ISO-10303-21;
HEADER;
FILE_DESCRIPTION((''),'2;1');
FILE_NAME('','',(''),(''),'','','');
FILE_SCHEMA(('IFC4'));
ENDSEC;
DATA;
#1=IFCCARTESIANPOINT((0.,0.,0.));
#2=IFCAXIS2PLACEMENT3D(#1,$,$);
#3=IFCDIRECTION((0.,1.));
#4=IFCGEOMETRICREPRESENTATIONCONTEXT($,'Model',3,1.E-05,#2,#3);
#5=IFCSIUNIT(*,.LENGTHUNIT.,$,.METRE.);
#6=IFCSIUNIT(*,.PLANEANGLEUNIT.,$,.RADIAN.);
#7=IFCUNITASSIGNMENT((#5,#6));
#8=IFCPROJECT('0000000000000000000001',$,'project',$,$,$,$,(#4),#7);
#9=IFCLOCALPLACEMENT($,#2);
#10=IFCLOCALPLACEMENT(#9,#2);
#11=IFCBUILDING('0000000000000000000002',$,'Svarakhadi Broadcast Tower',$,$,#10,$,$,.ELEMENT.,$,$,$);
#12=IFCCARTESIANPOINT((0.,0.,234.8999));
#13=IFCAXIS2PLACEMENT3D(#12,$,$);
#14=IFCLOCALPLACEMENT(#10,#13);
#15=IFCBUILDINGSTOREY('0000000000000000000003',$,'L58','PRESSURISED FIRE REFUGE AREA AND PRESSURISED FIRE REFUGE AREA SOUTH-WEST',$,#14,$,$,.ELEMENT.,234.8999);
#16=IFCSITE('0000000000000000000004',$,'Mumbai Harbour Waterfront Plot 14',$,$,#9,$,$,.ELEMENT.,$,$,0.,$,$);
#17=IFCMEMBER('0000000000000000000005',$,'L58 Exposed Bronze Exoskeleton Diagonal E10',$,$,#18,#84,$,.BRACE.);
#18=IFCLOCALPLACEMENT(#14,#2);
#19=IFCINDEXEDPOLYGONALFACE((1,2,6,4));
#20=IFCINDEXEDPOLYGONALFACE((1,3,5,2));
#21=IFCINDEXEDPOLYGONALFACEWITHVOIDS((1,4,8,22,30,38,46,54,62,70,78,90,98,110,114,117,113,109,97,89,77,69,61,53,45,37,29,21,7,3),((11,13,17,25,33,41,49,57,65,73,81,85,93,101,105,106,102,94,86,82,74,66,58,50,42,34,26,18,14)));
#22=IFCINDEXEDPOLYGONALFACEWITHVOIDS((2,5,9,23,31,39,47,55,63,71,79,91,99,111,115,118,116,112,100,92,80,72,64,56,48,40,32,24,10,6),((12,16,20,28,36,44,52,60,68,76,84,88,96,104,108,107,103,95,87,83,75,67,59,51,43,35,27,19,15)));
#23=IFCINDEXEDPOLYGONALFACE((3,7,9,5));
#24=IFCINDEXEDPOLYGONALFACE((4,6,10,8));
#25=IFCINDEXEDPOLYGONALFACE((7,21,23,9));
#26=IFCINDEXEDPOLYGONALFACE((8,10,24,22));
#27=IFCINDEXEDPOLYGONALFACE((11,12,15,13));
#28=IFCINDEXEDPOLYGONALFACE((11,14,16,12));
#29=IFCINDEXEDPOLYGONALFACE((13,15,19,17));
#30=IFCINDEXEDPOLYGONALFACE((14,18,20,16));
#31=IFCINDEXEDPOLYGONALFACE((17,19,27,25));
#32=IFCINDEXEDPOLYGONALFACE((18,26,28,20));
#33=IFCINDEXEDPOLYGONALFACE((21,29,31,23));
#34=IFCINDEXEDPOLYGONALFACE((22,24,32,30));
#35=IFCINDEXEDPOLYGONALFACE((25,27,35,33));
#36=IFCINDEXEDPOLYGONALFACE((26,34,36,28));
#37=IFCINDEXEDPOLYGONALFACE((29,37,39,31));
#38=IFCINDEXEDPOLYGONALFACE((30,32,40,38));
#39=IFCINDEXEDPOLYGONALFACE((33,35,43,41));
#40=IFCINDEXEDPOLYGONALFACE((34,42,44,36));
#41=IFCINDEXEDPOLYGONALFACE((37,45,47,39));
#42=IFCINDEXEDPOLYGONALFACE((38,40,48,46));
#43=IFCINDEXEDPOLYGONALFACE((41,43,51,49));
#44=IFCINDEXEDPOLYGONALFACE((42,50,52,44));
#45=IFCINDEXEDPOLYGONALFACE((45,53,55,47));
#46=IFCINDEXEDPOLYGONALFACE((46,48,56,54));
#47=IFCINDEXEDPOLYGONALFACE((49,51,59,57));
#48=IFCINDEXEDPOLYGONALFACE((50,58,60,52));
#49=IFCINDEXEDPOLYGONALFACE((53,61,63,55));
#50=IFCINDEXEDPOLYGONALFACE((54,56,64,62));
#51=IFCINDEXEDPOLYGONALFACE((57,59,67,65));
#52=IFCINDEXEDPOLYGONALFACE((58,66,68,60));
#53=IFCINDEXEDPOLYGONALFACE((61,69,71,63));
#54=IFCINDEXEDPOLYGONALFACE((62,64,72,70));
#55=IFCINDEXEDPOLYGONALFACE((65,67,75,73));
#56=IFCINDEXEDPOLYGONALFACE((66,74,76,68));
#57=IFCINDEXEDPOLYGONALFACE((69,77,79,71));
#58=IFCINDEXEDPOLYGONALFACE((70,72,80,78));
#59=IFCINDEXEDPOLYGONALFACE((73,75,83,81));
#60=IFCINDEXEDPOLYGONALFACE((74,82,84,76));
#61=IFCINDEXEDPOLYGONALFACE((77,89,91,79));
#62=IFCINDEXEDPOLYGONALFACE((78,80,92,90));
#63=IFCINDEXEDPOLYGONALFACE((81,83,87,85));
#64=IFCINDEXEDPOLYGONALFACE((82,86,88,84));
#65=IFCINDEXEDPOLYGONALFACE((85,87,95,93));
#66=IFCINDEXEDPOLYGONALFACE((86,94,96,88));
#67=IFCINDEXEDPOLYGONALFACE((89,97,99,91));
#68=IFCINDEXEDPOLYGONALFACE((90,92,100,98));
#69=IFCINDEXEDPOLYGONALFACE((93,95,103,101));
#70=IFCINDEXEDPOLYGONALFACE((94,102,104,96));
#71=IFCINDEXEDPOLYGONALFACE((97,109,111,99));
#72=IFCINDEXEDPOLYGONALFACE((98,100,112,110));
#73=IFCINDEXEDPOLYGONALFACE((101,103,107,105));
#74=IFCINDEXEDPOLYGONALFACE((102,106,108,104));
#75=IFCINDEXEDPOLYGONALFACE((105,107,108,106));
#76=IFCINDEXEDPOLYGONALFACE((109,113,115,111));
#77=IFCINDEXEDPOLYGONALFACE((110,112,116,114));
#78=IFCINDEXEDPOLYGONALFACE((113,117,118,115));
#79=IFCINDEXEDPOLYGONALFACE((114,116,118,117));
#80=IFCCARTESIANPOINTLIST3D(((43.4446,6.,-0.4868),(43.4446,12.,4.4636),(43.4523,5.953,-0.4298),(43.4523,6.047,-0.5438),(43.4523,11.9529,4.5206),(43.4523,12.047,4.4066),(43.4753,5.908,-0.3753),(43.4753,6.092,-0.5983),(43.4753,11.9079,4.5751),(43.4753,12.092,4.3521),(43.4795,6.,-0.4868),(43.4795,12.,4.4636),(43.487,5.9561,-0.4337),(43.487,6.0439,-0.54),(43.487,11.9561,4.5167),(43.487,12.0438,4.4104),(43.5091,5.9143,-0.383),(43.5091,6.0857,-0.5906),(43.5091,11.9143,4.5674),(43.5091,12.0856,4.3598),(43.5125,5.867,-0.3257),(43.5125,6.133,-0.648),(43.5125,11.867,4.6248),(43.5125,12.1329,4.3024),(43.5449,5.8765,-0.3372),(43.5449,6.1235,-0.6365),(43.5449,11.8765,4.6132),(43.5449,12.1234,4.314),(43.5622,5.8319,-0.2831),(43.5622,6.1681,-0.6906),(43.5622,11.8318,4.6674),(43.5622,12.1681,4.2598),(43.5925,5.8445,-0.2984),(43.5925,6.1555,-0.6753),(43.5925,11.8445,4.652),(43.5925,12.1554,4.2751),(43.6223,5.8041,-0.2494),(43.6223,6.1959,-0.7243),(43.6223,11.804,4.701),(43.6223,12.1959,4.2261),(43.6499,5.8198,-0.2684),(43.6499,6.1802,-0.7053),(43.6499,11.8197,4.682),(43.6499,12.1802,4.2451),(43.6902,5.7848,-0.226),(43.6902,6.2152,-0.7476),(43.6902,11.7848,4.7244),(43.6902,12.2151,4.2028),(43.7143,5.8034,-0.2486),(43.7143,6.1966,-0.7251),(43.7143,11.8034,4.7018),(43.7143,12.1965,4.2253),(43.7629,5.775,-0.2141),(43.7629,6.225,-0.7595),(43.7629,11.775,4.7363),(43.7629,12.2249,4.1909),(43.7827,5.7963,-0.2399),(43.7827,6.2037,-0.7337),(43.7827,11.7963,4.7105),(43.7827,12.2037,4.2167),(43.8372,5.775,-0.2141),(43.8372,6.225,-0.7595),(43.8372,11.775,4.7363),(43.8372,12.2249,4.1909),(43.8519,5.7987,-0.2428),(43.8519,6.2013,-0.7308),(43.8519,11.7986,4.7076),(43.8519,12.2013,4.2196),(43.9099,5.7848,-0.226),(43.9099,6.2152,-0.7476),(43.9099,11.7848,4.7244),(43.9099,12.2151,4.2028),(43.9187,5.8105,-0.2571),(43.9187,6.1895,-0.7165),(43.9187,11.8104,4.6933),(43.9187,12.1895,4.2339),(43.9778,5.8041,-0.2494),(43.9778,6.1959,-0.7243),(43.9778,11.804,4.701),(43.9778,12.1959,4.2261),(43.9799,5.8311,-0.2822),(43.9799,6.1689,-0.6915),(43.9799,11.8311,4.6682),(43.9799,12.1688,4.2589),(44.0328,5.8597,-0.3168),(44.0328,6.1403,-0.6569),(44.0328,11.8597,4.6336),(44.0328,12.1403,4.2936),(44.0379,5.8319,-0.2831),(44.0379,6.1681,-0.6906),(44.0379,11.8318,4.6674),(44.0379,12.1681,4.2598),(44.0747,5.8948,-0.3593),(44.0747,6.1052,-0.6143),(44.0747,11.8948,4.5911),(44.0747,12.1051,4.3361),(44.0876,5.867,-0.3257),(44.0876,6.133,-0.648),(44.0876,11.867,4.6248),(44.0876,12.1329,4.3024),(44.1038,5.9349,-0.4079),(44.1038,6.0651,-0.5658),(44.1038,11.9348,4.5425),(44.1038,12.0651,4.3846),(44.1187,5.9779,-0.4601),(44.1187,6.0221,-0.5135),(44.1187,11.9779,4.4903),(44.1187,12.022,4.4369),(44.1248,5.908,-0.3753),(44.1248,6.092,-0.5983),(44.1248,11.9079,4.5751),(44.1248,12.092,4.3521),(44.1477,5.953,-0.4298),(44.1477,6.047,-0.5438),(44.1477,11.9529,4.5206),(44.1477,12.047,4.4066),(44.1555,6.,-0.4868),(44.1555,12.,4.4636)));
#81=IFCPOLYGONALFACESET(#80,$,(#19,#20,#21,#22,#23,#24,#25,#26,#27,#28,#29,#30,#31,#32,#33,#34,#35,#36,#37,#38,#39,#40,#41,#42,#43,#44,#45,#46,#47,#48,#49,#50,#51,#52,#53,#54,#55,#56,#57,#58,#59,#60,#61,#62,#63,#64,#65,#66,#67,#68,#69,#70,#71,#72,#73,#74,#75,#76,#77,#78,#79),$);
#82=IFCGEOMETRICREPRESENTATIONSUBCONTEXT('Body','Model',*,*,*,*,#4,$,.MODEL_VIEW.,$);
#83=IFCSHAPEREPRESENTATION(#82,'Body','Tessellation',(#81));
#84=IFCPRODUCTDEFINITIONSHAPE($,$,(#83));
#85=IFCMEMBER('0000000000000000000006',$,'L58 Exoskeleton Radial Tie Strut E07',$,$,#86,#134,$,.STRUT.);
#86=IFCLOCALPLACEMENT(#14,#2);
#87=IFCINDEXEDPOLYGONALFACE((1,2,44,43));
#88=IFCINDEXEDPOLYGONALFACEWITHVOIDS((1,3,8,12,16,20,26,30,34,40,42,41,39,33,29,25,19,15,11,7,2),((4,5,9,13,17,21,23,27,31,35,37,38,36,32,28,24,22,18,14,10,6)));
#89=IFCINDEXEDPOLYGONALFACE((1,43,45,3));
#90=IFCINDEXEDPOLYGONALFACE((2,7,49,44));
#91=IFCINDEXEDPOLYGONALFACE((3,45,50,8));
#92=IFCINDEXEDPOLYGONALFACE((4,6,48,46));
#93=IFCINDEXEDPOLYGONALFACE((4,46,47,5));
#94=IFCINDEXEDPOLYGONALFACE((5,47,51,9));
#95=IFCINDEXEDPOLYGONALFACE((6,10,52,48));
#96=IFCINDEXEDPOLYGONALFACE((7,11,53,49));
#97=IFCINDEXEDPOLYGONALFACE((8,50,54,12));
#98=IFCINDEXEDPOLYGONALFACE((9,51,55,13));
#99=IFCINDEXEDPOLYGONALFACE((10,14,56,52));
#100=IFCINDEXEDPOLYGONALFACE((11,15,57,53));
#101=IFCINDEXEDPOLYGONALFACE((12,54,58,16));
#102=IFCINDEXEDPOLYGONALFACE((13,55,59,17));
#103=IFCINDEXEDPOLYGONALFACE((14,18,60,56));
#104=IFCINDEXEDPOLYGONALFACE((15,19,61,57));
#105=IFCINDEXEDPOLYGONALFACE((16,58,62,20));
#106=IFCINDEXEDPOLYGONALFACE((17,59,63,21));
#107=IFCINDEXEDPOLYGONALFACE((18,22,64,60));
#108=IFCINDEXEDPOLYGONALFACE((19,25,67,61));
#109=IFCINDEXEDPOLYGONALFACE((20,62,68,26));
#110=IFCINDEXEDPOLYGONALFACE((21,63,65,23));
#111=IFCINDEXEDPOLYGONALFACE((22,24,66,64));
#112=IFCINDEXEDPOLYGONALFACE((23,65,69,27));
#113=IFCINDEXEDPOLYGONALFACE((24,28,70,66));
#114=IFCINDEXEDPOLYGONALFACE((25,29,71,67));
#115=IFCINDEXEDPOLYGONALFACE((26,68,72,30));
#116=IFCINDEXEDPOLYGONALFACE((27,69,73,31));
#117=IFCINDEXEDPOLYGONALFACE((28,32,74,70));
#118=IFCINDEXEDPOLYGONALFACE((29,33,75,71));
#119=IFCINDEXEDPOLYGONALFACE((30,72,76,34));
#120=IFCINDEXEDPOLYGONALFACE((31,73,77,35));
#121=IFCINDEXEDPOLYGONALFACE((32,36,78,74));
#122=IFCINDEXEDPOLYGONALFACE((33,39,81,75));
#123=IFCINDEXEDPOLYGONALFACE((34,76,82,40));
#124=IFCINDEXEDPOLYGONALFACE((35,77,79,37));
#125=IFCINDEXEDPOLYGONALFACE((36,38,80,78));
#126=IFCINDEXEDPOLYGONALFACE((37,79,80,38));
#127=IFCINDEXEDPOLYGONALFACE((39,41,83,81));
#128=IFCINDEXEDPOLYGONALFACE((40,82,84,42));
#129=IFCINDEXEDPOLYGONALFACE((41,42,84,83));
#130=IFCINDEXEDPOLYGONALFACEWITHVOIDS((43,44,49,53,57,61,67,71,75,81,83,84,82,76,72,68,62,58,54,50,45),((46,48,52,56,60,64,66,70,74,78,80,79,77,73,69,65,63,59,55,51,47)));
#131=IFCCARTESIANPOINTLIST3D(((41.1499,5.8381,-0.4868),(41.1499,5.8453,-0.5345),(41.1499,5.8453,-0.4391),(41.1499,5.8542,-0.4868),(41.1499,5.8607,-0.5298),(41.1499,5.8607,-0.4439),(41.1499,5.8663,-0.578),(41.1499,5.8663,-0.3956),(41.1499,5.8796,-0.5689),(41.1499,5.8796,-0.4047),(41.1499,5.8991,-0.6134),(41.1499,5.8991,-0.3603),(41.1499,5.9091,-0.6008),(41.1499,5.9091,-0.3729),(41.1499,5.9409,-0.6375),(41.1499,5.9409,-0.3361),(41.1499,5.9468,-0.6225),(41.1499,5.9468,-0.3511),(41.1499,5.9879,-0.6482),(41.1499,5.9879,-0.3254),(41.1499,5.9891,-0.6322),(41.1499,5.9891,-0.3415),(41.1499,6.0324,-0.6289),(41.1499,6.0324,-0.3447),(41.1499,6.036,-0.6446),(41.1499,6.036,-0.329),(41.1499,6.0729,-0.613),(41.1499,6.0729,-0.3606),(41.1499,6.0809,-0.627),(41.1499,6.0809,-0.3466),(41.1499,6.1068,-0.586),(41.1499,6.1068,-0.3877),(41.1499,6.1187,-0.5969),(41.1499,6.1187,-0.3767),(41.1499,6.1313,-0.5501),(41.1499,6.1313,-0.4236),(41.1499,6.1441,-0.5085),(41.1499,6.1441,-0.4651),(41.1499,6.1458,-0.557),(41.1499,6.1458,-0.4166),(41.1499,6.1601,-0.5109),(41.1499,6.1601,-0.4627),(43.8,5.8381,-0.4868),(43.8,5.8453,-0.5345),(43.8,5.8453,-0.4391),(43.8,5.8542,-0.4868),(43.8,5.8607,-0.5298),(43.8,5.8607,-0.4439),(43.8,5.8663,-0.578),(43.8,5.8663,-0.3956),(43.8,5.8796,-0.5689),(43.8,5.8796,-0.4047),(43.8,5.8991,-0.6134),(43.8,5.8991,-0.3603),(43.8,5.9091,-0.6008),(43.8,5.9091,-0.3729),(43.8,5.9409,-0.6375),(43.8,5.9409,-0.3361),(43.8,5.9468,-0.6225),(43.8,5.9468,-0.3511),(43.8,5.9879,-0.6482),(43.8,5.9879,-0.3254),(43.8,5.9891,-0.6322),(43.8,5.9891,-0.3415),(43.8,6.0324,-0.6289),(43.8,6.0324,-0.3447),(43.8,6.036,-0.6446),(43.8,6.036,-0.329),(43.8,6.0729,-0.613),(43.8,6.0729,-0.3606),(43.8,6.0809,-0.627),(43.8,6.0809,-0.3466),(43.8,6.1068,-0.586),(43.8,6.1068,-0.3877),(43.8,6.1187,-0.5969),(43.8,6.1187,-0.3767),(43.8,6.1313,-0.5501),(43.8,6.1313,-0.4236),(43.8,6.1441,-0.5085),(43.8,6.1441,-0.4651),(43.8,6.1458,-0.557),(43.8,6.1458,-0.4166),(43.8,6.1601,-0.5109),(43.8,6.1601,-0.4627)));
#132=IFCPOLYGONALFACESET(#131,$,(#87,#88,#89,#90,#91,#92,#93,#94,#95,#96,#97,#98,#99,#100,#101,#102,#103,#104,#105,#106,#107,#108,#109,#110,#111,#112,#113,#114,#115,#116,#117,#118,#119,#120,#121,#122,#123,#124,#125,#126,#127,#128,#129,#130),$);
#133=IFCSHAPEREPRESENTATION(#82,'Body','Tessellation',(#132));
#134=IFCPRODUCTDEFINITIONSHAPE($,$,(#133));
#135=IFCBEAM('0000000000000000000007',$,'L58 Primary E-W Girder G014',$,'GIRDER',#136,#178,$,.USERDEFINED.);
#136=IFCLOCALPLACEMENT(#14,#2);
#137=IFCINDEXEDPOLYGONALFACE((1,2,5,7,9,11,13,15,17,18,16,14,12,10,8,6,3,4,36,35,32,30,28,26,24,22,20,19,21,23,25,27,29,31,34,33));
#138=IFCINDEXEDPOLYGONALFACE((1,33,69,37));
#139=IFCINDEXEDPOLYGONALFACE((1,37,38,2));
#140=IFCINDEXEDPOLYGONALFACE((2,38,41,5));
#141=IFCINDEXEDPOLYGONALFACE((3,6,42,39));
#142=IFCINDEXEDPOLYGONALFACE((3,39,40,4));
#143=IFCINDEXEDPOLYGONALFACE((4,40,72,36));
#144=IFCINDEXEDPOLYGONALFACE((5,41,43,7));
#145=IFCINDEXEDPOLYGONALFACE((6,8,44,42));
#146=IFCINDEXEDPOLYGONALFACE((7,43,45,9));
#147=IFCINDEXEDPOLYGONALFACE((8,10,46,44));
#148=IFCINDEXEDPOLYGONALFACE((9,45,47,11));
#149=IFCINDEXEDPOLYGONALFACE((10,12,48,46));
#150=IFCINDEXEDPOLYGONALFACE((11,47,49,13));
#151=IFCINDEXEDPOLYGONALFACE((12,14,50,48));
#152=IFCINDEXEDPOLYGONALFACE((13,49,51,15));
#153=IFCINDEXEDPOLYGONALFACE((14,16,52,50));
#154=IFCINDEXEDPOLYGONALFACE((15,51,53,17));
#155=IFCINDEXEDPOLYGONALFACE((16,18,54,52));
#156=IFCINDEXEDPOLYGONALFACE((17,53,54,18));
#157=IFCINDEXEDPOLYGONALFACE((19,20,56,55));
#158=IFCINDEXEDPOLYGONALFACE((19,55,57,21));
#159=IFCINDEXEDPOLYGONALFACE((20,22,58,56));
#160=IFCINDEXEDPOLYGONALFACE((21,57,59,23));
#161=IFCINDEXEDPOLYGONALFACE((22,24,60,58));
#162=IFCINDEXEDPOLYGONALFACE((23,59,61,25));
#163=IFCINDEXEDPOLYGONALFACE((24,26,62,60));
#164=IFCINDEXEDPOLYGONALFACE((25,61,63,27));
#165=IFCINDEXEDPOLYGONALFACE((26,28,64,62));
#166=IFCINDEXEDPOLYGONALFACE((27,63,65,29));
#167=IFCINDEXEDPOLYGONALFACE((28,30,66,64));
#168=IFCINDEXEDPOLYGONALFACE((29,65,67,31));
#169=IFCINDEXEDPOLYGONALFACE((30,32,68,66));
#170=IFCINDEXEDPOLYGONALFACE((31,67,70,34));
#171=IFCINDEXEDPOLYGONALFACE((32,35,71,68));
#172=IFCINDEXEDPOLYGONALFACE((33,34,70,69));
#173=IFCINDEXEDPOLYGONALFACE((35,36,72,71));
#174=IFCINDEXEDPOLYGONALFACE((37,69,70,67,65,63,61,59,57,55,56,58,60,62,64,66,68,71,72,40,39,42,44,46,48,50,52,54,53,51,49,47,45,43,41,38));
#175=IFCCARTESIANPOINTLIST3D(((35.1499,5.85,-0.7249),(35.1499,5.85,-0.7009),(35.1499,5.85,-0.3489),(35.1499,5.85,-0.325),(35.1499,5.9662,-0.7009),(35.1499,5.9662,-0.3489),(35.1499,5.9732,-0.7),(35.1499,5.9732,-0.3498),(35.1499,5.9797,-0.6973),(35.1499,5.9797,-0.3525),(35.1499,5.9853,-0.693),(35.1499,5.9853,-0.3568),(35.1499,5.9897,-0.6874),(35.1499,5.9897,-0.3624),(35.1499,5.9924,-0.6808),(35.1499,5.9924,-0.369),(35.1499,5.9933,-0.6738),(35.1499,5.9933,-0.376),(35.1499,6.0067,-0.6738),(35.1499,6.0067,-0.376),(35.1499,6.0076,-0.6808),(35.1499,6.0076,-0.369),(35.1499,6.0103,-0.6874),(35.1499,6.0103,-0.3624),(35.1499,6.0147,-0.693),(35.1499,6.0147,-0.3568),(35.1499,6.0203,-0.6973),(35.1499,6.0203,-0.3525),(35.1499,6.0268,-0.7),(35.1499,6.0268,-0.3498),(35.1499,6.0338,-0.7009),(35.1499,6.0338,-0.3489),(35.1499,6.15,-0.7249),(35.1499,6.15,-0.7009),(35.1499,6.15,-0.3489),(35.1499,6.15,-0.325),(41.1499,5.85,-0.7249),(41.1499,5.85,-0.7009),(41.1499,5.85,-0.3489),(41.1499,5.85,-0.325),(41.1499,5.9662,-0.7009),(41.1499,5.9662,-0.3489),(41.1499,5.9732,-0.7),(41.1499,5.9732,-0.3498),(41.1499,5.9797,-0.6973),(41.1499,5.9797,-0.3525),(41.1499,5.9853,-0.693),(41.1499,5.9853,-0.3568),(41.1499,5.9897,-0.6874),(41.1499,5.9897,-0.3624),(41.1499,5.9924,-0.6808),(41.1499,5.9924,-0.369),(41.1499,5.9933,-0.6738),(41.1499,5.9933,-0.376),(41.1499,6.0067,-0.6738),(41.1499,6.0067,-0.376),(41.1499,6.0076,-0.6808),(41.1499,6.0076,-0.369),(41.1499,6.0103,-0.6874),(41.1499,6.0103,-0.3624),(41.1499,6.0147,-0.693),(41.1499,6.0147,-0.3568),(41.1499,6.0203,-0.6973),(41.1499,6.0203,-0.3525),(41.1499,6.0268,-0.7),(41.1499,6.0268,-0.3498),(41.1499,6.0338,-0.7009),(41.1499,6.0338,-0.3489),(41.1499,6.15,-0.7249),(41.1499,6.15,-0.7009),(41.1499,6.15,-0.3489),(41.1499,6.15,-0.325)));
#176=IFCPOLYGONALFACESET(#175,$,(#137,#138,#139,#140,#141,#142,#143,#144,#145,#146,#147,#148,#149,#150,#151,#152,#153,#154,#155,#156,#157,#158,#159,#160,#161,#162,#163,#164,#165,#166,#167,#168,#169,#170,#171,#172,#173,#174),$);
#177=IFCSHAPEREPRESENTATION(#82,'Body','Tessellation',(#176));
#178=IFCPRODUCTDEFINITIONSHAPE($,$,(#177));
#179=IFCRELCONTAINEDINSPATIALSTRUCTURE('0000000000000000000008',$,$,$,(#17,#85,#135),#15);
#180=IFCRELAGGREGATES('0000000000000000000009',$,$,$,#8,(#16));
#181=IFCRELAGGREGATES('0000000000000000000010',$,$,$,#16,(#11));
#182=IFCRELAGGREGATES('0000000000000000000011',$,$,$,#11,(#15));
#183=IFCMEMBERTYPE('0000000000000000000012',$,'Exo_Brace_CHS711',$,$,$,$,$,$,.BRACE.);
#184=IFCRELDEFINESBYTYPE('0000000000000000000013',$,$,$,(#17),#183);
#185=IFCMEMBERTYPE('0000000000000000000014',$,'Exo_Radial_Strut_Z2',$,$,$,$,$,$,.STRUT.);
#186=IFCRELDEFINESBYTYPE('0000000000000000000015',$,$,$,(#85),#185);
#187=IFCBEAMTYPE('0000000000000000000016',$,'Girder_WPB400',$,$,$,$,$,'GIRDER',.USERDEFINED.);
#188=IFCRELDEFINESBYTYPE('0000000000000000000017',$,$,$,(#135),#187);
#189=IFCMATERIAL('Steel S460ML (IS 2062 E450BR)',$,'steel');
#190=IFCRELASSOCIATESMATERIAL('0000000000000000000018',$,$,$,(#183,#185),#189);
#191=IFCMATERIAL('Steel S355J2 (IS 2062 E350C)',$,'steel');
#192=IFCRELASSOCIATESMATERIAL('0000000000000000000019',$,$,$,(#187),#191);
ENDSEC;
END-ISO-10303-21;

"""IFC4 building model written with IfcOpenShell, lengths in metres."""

from ifc_helpers import new_model, si_unit, direction, frame, origin, origin_2d, place, context, subcontext, project, spatial, hollow_circle, i_section, extrude, material, material_profile, profile_set, type_object, element, save


model = new_model("IFC4")

# Units and contexts
model_context = context("Model", 3, precision=1e-05, world=origin(), true_north=direction((0.0, 1.0)))
body_context = subcontext(model_context, "Body", "Model", "MODEL_VIEW")
ifc_project = project(units=[si_unit("LENGTHUNIT", "METRE"), si_unit("PLANEANGLEUNIT", "RADIAN")], contexts=[model_context])

# Site, building, storey
site_placement = place(None, origin())
site = spatial("IfcSite", under=ifc_project, at=site_placement, Name="Mumbai Harbour Waterfront Plot 14", CompositionType="ELEMENT", RefElevation=0.0)
building_placement = place(site_placement, origin())
building = spatial("IfcBuilding", under=site, at=building_placement, Name="Svarakhadi Broadcast Tower", CompositionType="ELEMENT")
storey_placement = place(building_placement, frame((0.0, 0.0, 234.8999)))
storey = spatial("IfcBuildingStorey", under=building, at=storey_placement, Name="L58", Description="PRESSURISED FIRE REFUGE AREA AND PRESSURISED FIRE REFUGE AREA SOUTH-WEST", CompositionType="ELEMENT", Elevation=234.8999)

# Shared definitions
ifc_material_1 = material(Name="Steel S460ML (IS 2062 E450BR)", Category="steel")

# Members
ifc_material_profile_1 = material_profile(ifc_material_1, hollow_circle(Radius=0.3555, WallThickness=0.0349, at=origin_2d()), Name="CHS 711x35")
ifc_profile_set_1 = profile_set([ifc_material_profile_1], Name="Steel S460ML (IS 2062 E450BR)")
member_type_1 = type_object("IfcMemberType", Name="Exo_Brace_CHS711", PredefinedType="BRACE", material=ifc_profile_set_1)
member_1_placement = place(storey_placement, frame((43.8, 6.0, -0.4868), z_axis=(0.0, 0.771346, 0.636417), x_axis=(-1.0, 0.0, 0.0)))
element("IfcMember", 1, at=member_1_placement, inside=storey, type_object=member_type_1, Name="L58 Exposed Bronze Exoskeleton Diagonal E10", PredefinedType="BRACE", context=body_context, shape_type="SweptSolid", body=[
    extrude(hollow_circle(Radius=0.3555, WallThickness=0.0349, at=origin_2d()), origin(), (0.0, 0.0, 1.0), 7.7786),
])
ifc_material_profile_2 = material_profile(ifc_material_1, hollow_circle(Radius=0.1619, WallThickness=0.0161, at=origin_2d()), Name="CHS 323.9x16")
ifc_profile_set_2 = profile_set([ifc_material_profile_2], Name="Steel S460ML (IS 2062 E450BR)")
member_type_2 = type_object("IfcMemberType", Name="Exo_Radial_Strut_Z2", PredefinedType="STRUT", material=ifc_profile_set_2)
member_2_placement = place(storey_placement, frame((43.8, 6.0, -0.4868), z_axis=(-1.0, 0.0, 0.0), x_axis=(0.0, -1.0, 0.0)))
element("IfcMember", 2, at=member_2_placement, inside=storey, type_object=member_type_2, Name="L58 Exoskeleton Radial Tie Strut E07", PredefinedType="STRUT", context=body_context, shape_type="SweptSolid", body=[
    extrude(hollow_circle(Radius=0.1619, WallThickness=0.0161, at=origin_2d()), origin(), (0.0, 0.0, 1.0), 2.6501),
])

# Beam
ifc_material_2 = material(Name="Steel S355J2 (IS 2062 E350C)", Category="steel")
ifc_material_profile_3 = material_profile(ifc_material_2, i_section(OverallWidth=0.3, OverallDepth=0.3999, WebThickness=0.0134, FlangeThickness=0.0239, FilletRadius=0.0271, at=origin_2d()), Name="WPB 400x300x155")
ifc_profile_set_3 = profile_set([ifc_material_profile_3], Name="Steel S355J2 (IS 2062 E350C)")
beam_type = type_object("IfcBeamType", Name="Girder_WPB400", ElementType="GIRDER", PredefinedType="USERDEFINED", material=ifc_profile_set_3)
beam_1_placement = place(storey_placement, frame((35.1499, 6.0, -0.5249), z_axis=(1.0, 0.0, 0.0), x_axis=(0.0, 1.0, 0.0)))
element("IfcBeam", 3, at=beam_1_placement, inside=storey, type_object=beam_type, Name="L58 Primary E-W Girder G014", ObjectType="GIRDER", PredefinedType="USERDEFINED", context=body_context, shape_type="SweptSolid", body=[
    extrude(i_section(OverallWidth=0.3, OverallDepth=0.3999, WebThickness=0.0134, FlangeThickness=0.0239, FilletRadius=0.0271, at=origin_2d()), origin(), (0.0, 0.0, 1.0), 6.0),
])

save(model, "model.ifc")
